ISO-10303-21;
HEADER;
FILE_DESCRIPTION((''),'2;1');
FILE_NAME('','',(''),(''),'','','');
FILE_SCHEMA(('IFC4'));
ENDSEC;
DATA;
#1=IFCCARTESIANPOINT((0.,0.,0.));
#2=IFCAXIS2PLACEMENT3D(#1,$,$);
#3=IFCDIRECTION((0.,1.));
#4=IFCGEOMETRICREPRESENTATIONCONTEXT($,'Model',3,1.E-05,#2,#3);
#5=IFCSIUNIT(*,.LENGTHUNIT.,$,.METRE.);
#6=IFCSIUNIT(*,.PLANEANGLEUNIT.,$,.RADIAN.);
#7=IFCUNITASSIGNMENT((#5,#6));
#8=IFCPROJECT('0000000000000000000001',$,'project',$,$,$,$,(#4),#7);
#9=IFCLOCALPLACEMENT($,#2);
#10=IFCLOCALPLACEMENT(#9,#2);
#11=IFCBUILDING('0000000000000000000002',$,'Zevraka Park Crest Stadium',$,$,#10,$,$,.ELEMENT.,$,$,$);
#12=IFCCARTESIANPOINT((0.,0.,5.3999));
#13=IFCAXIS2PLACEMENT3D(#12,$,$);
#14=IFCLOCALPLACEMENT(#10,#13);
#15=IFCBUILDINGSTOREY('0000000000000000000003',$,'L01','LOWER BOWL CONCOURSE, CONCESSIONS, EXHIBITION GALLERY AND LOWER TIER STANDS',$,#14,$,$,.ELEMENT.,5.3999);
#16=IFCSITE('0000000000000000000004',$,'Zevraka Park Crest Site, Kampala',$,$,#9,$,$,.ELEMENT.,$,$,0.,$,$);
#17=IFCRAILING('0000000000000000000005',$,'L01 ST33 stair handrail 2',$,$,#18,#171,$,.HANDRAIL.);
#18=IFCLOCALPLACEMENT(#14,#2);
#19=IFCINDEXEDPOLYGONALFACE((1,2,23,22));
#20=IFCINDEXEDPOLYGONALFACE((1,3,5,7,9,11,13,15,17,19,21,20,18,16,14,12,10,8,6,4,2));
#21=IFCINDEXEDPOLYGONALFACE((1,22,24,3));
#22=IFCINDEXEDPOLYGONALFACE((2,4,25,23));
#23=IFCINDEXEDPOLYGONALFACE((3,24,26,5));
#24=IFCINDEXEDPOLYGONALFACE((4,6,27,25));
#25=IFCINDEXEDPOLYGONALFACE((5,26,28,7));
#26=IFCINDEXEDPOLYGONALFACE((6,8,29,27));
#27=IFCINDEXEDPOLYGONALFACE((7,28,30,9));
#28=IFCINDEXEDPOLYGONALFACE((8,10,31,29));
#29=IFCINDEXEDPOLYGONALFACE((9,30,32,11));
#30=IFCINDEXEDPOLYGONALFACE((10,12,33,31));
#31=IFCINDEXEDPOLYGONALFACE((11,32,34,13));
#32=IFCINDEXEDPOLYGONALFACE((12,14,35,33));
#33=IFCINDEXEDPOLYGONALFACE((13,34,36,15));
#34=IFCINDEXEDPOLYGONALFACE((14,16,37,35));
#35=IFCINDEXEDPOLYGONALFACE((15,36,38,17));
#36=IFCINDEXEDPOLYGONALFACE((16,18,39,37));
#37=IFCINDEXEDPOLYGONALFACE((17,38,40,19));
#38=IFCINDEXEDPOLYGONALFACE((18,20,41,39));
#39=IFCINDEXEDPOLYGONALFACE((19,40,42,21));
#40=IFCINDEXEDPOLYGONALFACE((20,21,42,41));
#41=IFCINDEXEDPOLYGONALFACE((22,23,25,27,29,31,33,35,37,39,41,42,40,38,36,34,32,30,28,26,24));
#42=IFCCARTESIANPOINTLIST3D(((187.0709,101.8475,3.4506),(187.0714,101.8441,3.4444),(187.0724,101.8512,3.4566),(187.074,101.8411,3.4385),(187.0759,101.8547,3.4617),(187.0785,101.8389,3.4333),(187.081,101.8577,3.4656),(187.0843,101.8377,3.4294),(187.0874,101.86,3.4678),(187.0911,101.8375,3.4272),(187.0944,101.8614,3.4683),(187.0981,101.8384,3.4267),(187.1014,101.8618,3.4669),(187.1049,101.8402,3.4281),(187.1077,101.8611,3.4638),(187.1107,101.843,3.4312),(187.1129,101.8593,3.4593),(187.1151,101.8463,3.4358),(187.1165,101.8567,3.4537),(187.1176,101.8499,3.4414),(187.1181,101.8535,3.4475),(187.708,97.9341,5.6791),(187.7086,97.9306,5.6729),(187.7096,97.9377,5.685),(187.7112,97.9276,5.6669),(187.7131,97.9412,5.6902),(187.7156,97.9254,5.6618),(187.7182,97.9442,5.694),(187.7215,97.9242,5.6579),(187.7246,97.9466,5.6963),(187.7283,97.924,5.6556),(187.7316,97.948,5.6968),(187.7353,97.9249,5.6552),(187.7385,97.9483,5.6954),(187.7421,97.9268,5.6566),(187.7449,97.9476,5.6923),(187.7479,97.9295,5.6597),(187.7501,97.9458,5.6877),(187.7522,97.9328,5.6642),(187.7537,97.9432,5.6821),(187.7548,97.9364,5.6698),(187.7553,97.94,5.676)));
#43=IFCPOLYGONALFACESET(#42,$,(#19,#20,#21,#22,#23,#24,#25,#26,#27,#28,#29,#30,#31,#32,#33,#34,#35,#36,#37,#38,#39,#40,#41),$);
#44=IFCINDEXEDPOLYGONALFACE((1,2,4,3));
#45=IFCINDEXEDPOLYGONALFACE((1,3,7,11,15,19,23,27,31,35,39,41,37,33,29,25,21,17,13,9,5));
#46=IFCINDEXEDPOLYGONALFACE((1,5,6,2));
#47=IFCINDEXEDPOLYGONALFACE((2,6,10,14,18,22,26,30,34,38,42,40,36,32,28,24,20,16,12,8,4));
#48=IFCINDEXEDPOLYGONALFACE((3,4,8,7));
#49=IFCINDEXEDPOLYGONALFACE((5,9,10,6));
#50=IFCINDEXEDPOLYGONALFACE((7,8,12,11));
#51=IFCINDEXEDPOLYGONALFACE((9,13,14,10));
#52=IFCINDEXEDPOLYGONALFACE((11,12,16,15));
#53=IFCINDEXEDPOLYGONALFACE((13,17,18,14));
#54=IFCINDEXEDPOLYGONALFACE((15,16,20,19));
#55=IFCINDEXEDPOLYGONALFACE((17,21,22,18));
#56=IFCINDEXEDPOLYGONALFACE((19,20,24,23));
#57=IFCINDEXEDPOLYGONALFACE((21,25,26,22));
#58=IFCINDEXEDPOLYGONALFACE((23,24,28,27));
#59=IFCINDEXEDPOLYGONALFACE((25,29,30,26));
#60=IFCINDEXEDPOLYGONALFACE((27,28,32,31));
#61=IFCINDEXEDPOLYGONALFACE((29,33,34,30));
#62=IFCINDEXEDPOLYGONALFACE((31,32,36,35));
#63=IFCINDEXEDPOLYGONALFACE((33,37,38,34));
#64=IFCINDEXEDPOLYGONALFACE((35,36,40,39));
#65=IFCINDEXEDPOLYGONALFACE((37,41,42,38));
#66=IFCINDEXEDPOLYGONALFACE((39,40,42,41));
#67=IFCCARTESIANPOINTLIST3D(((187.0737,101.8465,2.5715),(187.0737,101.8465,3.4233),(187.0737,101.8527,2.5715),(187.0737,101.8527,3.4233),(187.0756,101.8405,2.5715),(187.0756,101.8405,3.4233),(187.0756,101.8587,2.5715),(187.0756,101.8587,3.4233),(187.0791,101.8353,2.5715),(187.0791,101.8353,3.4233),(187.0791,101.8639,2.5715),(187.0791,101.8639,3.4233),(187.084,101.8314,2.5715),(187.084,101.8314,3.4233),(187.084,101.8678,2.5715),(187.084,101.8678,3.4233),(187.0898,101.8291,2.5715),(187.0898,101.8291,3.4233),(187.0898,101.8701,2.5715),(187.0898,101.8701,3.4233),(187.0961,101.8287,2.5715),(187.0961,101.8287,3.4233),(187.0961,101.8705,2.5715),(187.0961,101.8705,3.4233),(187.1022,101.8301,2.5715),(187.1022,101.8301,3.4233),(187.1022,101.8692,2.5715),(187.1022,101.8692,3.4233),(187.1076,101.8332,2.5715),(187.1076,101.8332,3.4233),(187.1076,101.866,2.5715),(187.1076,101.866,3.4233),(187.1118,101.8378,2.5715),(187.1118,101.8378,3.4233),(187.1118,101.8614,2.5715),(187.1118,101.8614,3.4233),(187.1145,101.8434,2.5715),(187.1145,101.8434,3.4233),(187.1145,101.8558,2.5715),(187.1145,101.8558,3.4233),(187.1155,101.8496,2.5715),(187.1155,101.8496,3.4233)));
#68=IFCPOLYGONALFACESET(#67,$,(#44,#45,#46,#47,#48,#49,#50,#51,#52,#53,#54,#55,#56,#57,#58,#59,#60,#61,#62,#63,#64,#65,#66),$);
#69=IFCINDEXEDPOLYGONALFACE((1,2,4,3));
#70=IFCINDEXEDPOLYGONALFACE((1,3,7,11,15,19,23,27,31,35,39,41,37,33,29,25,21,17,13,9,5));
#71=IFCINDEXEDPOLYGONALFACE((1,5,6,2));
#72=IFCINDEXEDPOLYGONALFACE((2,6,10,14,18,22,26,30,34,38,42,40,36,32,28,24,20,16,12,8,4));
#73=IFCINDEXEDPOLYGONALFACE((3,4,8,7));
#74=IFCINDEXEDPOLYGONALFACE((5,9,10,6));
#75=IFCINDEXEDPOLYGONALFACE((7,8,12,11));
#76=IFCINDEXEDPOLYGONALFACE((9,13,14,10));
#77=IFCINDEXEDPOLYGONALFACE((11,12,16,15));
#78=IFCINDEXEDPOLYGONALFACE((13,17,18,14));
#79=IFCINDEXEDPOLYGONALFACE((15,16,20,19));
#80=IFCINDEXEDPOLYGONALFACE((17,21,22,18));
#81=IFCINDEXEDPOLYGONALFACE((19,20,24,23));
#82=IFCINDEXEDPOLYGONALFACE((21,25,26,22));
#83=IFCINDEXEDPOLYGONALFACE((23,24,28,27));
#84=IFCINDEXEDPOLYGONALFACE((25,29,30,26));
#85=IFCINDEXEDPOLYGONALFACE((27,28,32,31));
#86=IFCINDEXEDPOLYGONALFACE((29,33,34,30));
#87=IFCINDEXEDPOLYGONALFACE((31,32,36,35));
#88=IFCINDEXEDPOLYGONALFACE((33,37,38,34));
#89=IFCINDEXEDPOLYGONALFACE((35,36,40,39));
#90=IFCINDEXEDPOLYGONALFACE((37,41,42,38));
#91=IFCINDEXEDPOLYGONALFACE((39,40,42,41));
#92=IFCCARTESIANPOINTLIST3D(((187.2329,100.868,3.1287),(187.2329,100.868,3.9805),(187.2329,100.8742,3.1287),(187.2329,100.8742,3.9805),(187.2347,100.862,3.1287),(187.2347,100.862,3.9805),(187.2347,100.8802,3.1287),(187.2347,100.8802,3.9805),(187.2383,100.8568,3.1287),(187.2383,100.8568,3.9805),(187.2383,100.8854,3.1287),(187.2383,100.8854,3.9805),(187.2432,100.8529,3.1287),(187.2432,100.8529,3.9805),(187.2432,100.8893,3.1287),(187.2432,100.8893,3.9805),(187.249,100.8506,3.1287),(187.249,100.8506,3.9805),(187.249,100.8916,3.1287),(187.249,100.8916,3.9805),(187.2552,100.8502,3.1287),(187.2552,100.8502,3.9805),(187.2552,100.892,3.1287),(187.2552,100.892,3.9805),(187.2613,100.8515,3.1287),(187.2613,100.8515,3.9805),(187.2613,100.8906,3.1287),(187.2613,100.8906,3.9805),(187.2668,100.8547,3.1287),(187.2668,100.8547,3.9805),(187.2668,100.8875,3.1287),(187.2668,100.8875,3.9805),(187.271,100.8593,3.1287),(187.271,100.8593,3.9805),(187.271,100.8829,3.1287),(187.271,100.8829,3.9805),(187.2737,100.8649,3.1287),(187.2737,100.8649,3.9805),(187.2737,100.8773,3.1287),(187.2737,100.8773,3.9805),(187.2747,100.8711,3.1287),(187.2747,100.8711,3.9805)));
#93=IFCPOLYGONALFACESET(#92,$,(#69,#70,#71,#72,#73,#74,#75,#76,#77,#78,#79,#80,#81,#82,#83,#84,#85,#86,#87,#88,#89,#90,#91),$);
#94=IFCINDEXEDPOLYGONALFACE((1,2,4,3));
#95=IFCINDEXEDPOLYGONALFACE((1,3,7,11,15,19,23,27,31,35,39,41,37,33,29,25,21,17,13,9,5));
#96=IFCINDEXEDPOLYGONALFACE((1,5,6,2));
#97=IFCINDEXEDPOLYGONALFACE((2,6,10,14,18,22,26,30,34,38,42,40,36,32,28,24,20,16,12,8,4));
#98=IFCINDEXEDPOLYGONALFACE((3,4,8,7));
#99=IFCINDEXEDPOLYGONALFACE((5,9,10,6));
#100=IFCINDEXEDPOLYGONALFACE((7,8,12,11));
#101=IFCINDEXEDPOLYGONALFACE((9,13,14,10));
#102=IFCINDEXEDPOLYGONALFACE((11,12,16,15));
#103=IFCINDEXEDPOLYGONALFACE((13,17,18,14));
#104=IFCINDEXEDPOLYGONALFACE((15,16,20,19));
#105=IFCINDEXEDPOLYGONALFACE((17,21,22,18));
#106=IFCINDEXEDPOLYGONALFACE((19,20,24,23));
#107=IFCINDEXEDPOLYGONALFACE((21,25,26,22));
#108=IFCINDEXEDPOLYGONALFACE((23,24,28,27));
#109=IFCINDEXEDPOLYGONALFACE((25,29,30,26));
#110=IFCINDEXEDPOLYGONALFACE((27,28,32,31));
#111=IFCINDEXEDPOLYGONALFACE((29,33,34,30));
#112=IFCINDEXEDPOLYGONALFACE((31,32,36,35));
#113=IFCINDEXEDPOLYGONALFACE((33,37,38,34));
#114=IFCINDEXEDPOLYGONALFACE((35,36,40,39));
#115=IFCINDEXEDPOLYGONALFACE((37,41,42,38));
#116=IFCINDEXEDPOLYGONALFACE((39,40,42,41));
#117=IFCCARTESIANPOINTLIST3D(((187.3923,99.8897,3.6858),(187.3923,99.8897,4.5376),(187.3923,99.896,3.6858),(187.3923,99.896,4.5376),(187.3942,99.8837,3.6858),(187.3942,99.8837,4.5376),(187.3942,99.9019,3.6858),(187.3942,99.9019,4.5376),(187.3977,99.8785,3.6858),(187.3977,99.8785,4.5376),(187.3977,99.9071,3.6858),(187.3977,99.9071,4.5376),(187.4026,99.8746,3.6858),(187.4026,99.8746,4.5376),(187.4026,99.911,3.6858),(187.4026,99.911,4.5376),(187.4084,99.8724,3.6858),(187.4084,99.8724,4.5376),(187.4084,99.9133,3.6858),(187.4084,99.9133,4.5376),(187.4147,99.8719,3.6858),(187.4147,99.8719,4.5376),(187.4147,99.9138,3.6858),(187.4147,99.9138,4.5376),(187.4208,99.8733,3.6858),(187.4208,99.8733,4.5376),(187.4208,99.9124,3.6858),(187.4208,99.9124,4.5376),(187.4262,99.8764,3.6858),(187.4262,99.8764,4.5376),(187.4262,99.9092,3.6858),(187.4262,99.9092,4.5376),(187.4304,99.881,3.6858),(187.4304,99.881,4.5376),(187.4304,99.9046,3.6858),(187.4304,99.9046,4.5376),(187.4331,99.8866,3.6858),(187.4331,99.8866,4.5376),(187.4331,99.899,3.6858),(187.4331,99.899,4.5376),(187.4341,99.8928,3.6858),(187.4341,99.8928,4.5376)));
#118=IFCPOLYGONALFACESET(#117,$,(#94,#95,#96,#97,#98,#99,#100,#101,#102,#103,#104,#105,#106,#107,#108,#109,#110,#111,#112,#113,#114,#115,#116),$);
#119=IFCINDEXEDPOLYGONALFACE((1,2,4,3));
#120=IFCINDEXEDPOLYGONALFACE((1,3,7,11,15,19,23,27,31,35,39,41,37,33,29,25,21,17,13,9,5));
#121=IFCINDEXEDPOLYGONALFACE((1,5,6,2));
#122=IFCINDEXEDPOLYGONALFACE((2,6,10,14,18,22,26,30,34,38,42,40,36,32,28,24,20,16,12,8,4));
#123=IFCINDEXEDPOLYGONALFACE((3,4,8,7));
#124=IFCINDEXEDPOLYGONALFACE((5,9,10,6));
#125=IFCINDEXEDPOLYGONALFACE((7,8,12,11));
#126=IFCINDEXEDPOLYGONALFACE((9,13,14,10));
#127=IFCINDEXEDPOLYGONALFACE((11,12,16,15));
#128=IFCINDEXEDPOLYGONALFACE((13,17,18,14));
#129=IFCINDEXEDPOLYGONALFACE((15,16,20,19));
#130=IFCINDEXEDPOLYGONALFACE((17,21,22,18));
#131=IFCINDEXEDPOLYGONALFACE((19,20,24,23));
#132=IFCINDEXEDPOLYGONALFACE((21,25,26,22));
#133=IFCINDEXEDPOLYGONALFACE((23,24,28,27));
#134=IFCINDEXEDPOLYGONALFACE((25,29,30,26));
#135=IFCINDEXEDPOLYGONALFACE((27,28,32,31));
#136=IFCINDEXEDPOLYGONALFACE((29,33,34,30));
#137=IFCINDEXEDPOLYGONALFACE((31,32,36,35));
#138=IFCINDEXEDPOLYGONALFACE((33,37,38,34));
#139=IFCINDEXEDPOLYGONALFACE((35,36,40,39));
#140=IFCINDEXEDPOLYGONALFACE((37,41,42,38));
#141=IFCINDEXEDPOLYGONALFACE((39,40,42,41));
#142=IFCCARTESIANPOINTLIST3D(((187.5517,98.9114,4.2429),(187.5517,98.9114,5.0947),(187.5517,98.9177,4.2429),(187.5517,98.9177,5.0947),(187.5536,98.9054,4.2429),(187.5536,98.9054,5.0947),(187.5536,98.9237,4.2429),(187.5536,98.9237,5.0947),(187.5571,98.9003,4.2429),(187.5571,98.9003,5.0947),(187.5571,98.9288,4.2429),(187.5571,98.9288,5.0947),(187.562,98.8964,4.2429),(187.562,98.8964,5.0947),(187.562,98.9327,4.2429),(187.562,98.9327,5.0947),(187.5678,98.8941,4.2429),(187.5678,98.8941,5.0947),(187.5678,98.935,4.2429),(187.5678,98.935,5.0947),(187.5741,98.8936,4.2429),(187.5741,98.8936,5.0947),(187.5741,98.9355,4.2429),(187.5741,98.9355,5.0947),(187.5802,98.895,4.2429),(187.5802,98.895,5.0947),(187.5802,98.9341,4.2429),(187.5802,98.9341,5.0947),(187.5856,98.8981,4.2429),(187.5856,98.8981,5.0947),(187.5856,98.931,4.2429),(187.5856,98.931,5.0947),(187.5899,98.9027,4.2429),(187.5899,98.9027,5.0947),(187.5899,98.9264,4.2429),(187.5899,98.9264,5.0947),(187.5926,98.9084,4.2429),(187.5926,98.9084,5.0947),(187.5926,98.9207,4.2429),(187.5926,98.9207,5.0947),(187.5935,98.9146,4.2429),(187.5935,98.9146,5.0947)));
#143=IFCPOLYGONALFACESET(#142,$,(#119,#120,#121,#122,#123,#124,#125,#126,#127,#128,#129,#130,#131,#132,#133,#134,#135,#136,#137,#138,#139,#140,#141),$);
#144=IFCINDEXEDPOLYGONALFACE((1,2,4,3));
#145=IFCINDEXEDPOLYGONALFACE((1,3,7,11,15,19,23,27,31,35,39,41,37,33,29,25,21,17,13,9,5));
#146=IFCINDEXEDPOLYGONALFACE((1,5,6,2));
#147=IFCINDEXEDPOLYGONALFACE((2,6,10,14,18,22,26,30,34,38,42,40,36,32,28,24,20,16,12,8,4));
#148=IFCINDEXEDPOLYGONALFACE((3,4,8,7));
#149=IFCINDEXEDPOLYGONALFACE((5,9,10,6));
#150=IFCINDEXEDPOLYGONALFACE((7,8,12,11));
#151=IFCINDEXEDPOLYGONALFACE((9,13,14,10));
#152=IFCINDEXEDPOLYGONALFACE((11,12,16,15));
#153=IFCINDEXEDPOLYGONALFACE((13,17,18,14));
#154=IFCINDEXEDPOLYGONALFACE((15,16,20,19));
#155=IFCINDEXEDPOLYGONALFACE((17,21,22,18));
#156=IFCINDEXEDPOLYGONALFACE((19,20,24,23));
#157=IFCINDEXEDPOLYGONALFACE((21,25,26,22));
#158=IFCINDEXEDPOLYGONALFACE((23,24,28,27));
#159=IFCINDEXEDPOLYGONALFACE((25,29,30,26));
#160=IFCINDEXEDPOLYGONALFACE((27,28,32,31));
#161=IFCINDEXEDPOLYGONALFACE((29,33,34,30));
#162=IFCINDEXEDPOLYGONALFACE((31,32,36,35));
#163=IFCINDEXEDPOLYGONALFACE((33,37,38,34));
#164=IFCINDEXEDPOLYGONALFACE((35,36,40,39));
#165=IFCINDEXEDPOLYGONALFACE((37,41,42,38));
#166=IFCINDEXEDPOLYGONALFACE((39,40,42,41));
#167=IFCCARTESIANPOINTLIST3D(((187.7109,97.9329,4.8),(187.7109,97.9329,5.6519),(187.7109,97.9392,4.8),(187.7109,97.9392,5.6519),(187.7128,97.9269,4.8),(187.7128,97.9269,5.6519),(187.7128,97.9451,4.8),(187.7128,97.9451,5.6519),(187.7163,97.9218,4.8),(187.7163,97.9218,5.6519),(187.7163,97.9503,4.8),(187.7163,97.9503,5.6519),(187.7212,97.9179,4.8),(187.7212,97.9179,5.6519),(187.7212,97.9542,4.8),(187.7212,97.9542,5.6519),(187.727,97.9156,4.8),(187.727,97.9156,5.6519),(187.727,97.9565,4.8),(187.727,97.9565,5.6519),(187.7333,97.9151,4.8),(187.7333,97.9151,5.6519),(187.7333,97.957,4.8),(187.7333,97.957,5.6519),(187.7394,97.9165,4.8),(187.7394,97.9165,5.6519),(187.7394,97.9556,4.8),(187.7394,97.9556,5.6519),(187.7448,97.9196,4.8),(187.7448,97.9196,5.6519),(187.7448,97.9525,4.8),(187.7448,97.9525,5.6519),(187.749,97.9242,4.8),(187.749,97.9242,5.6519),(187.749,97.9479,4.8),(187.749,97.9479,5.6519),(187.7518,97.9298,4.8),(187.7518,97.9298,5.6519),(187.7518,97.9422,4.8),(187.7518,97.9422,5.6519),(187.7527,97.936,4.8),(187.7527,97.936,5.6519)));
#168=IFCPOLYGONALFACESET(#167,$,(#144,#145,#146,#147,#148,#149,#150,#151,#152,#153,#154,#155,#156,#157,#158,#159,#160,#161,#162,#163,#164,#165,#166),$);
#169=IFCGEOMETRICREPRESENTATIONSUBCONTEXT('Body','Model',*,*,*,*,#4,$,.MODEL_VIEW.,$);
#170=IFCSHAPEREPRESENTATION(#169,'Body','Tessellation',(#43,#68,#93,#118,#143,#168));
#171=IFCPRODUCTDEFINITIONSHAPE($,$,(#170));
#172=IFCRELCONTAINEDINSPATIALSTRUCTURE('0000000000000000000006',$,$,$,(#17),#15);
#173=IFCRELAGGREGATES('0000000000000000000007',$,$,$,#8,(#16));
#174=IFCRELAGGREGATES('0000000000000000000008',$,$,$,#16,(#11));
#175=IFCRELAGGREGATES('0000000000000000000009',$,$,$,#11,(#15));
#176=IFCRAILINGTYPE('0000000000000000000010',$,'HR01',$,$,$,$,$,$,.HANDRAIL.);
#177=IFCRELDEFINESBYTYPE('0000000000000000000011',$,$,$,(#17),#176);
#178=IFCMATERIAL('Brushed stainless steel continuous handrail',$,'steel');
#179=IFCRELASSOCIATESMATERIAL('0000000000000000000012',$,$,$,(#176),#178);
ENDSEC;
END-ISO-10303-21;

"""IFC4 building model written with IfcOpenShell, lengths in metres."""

from ifc_helpers import new_model, si_unit, direction, frame, origin, origin_2d, place, context, subcontext, project, spatial, circle, extrude, material, type_object, element, save


model = new_model("IFC4")

# Units and contexts
model_context = context("Model", 3, precision=1e-05, world=origin(), true_north=direction((0.0, 1.0)))
body_context = subcontext(model_context, "Body", "Model", "MODEL_VIEW")
ifc_project = project(units=[si_unit("LENGTHUNIT", "METRE"), si_unit("PLANEANGLEUNIT", "RADIAN")], contexts=[model_context])

# Site, building, storey
site_placement = place(None, origin())
site = spatial("IfcSite", under=ifc_project, at=site_placement, Name="Zevraka Park Crest Site, Kampala", CompositionType="ELEMENT", RefElevation=0.0)
building_placement = place(site_placement, origin())
building = spatial("IfcBuilding", under=site, at=building_placement, Name="Zevraka Park Crest Stadium", CompositionType="ELEMENT")
storey_placement = place(building_placement, frame((0.0, 0.0, 5.3999)))
storey = spatial("IfcBuildingStorey", under=building, at=storey_placement, Name="L01", Description="LOWER BOWL CONCOURSE, CONCESSIONS, EXHIBITION GALLERY AND LOWER TIER STANDS", CompositionType="ELEMENT", Elevation=5.3999)

# Railing
ifc_material_1 = material(Name="Brushed stainless steel continuous handrail", Category="steel")
railing_type_1 = type_object("IfcRailingType", Name="HR01", PredefinedType="HANDRAIL", material=ifc_material_1)
railing_1_placement = place(storey_placement, frame((187.0945, 101.8496, 2.5715)))
element("IfcRailing", 1, at=railing_1_placement, inside=storey, type_object=railing_type_1, Name="L01 ST33 stair handrail 2", PredefinedType="HANDRAIL", context=body_context, shape_type="SweptSolid", body=[
    extrude(circle(Radius=0.0239, at=origin_2d()), frame((0.0, 0.0, 0.876), z_axis=(0.140093, -0.86042, 0.489951), x_axis=(0.987003, 0.160704, 0.0)), (0.0, 0.0, 1.0), 4.5483),
    extrude(circle(Radius=0.021, at=origin_2d()), origin(), (0.0, 0.0, 1.0), 0.8518),
    extrude(circle(Radius=0.021, at=origin_2d()), frame((0.1592, -0.9785, 0.5571)), (0.0, 0.0, 1.0), 0.8518),
    extrude(circle(Radius=0.021, at=origin_2d()), frame((0.3186, -1.9568, 1.1143)), (0.0, 0.0, 1.0), 0.8518),
    extrude(circle(Radius=0.021, at=origin_2d()), frame((0.478, -2.9351, 1.6714)), (0.0, 0.0, 1.0), 0.8518),
    extrude(circle(Radius=0.021, at=origin_2d()), frame((0.6372, -3.9136, 2.2285)), (0.0, 0.0, 1.0), 0.8518),
])

save(model, "model.ifc")
